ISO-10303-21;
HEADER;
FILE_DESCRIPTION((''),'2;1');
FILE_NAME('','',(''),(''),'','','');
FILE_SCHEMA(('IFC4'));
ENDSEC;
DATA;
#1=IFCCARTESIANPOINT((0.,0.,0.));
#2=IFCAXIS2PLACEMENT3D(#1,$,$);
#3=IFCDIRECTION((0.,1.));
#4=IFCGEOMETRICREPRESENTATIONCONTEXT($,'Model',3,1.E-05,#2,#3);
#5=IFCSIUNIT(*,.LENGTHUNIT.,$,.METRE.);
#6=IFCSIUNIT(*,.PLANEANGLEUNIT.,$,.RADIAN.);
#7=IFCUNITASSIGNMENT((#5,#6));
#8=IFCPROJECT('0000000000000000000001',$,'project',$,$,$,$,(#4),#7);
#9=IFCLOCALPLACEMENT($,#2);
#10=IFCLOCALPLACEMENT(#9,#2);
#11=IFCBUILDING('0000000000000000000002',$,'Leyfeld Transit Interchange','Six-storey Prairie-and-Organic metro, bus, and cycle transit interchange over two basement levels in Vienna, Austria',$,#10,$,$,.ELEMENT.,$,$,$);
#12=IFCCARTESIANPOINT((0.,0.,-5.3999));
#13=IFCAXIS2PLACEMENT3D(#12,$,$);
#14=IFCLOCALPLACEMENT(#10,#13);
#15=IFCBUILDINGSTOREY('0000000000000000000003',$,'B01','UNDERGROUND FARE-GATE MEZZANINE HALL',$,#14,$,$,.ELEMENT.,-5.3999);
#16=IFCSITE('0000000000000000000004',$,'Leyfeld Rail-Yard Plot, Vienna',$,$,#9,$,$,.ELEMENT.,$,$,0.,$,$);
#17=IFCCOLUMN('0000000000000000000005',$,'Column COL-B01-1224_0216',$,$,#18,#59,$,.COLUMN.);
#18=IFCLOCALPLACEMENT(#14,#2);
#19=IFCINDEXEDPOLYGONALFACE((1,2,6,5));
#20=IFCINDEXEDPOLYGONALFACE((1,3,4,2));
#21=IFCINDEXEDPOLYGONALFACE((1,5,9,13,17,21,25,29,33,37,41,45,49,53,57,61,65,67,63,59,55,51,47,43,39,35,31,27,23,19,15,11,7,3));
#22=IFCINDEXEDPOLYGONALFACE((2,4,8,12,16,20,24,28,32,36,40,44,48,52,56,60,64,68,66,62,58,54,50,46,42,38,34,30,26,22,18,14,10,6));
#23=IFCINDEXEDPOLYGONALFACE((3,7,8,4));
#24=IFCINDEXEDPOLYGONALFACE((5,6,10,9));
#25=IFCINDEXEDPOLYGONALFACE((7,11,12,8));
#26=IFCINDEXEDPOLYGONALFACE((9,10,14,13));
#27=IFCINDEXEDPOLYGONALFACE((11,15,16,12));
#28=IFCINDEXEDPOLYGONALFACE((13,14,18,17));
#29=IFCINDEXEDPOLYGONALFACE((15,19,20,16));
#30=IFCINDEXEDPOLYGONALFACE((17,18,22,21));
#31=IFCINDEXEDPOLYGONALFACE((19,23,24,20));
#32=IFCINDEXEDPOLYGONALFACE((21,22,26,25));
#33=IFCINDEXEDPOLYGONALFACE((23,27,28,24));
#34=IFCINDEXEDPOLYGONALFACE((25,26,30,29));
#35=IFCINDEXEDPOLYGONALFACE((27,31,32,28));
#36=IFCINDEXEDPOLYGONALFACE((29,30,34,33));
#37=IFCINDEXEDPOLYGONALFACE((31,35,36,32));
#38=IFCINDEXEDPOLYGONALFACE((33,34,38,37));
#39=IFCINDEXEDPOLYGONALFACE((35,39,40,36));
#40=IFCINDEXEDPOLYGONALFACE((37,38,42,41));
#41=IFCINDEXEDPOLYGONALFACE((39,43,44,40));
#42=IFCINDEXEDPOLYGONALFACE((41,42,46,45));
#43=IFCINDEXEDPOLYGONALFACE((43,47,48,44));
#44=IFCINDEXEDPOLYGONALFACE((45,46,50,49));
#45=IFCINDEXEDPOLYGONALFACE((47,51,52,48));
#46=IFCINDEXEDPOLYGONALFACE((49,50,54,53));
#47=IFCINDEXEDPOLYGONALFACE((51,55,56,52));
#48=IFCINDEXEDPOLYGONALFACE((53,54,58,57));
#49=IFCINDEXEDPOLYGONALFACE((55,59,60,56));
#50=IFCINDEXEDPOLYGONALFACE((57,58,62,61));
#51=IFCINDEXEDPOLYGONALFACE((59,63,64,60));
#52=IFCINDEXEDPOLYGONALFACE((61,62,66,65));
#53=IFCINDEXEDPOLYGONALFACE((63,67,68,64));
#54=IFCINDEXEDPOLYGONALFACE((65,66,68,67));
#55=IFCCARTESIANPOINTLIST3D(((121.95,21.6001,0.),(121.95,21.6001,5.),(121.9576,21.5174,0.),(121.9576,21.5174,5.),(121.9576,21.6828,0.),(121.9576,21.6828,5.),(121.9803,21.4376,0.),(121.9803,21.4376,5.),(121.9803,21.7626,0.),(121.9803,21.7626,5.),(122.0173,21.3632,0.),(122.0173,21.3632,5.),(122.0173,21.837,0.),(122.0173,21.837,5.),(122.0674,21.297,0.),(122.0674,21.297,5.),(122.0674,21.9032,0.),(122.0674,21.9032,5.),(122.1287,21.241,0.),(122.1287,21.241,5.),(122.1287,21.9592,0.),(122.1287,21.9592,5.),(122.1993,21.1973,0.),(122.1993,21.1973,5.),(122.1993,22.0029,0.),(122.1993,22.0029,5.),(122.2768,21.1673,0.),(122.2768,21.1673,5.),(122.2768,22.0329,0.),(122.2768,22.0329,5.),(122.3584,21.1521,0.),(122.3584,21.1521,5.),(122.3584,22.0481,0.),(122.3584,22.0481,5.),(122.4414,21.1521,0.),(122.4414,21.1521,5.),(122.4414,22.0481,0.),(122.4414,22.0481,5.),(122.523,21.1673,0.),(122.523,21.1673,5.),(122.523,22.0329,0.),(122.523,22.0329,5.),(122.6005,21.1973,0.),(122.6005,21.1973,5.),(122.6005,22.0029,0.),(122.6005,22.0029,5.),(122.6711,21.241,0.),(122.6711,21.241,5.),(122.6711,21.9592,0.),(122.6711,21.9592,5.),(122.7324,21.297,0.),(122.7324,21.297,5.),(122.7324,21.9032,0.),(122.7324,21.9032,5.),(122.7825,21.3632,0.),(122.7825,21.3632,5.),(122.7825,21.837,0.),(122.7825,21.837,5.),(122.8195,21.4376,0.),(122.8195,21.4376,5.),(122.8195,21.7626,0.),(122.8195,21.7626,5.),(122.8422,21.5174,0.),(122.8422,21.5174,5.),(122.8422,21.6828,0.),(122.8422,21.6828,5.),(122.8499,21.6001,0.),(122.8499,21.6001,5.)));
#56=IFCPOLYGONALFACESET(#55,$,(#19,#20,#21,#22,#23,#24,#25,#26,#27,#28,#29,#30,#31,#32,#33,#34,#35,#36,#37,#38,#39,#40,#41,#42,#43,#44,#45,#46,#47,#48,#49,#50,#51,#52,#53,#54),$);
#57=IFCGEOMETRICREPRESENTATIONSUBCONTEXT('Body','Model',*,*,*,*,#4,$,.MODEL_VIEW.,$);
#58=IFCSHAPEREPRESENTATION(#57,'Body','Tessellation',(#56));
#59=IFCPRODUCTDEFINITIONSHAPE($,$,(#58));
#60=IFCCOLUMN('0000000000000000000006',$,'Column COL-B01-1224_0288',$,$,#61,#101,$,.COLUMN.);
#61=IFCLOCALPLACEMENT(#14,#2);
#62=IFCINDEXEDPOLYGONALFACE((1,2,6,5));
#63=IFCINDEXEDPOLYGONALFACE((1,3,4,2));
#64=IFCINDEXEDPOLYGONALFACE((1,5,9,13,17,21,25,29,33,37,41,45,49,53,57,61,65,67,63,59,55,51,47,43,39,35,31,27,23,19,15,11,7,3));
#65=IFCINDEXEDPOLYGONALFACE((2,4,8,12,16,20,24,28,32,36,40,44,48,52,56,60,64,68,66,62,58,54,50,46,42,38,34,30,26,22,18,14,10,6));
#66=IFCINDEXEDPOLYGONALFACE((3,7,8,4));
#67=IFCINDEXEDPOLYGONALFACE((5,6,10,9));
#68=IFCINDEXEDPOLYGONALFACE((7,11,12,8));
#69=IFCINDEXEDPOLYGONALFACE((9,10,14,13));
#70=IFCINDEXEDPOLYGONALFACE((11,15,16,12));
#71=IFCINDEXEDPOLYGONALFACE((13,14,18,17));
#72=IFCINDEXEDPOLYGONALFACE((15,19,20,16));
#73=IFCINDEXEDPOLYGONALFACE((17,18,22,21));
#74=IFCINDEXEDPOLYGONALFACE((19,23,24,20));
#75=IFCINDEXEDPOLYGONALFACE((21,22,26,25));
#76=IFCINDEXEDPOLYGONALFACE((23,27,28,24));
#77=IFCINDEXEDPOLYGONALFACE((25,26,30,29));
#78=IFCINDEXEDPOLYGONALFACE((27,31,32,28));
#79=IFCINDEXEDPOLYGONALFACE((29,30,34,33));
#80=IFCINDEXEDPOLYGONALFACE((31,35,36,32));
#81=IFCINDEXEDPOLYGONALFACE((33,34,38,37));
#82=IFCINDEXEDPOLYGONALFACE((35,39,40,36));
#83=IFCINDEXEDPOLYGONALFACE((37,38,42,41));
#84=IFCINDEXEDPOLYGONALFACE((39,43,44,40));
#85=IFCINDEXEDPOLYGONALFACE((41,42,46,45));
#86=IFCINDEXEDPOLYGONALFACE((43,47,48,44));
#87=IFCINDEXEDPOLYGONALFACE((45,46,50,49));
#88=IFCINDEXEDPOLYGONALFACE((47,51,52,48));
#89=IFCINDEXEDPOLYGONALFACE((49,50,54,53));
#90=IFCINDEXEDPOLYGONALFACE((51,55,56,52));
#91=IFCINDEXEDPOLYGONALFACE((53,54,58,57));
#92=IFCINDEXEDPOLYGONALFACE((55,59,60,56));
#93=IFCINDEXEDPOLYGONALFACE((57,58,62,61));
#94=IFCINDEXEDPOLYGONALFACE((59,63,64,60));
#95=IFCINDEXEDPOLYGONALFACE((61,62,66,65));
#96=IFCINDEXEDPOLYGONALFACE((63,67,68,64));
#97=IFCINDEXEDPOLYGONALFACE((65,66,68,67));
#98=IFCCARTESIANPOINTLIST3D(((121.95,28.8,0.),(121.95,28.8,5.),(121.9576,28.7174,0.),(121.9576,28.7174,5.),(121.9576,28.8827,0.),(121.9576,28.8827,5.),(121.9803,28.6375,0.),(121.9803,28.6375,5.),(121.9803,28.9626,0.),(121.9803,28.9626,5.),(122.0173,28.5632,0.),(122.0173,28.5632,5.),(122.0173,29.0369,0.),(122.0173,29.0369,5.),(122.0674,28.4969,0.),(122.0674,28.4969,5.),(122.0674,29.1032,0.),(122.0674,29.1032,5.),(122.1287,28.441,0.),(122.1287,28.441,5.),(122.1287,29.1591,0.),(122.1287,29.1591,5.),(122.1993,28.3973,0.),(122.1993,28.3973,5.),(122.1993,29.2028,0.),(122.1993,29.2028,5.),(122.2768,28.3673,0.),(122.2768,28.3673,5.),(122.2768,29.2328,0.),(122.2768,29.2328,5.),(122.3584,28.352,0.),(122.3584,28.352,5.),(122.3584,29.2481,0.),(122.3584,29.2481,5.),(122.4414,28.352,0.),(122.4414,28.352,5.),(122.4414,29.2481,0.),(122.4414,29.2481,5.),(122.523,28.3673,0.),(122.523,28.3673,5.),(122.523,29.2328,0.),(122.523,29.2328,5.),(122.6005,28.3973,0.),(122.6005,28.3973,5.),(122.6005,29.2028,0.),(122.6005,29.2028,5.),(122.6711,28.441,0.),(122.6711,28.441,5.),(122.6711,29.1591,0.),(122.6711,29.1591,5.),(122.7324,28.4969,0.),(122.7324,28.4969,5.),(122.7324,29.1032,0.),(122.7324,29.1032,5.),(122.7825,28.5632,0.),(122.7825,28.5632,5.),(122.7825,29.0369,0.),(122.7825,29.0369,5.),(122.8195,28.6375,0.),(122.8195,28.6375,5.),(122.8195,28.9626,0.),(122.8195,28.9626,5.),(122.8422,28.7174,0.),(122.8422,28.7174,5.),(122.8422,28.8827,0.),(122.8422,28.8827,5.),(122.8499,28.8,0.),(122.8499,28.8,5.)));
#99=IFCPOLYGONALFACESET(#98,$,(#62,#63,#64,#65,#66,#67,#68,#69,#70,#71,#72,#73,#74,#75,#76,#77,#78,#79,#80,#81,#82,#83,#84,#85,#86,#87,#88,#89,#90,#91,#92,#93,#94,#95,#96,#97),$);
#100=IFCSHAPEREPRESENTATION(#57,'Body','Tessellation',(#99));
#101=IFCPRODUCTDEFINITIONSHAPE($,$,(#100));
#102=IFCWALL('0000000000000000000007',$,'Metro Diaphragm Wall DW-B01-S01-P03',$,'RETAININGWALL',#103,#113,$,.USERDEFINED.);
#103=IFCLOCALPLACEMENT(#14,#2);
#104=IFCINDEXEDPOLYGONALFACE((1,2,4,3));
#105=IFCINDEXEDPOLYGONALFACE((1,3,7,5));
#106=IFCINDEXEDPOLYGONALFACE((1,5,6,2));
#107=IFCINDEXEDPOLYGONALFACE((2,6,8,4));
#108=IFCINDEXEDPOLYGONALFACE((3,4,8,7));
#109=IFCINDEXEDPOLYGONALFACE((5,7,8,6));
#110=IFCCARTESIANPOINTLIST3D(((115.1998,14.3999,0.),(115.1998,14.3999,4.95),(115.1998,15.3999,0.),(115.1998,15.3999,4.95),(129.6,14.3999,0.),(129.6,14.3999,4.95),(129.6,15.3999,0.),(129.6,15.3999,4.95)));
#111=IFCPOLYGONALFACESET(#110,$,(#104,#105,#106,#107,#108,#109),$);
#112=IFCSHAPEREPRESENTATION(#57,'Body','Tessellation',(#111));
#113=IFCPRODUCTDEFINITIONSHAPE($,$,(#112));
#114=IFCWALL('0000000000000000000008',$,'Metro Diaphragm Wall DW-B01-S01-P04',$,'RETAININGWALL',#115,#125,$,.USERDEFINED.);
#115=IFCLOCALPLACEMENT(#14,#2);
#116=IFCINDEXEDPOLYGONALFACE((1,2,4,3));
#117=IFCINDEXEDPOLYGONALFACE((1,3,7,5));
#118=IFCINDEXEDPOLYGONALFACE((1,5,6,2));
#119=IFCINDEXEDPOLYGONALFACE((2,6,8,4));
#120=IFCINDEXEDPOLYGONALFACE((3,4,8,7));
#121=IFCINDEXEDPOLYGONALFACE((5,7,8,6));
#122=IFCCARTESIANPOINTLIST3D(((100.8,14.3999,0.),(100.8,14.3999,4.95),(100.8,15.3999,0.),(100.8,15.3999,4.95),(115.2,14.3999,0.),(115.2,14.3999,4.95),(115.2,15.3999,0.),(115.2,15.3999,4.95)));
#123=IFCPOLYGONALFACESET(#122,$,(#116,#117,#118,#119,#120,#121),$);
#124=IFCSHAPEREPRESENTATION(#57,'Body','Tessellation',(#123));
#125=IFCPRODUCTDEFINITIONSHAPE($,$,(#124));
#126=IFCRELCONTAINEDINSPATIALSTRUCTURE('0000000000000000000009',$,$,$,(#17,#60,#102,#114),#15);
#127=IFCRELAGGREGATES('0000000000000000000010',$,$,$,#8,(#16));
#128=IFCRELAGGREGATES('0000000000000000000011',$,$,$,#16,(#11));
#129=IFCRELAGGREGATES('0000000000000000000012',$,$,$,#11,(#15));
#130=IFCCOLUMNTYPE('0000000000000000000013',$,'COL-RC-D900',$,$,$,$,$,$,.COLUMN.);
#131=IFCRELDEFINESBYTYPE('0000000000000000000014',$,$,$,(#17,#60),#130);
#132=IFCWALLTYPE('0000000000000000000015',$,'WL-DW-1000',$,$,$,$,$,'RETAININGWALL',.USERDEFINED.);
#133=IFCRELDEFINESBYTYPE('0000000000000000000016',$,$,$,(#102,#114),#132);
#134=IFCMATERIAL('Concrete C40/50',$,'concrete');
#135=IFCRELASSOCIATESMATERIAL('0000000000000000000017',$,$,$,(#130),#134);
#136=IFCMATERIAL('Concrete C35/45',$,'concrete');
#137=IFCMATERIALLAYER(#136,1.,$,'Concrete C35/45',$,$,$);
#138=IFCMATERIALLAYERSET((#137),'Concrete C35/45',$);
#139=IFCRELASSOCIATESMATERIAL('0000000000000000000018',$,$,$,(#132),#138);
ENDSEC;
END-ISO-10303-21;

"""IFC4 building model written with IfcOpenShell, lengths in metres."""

from ifc_helpers import new_model, si_unit, direction, frame, frame_2d, origin, origin_2d, place, context, subcontext, project, spatial, rectangle, circle, extrude, material, layer, layer_set, material_profile, profile_set, type_object, element, save


model = new_model("IFC4")

# Units and contexts
model_context = context("Model", 3, precision=1e-05, world=origin(), true_north=direction((0.0, 1.0)))
body_context = subcontext(model_context, "Body", "Model", "MODEL_VIEW")
ifc_project = project(units=[si_unit("LENGTHUNIT", "METRE"), si_unit("PLANEANGLEUNIT", "RADIAN")], contexts=[model_context])

# Site, building, storey
site_placement = place(None, origin())
site = spatial("IfcSite", under=ifc_project, at=site_placement, Name="Leyfeld Rail-Yard Plot, Vienna", CompositionType="ELEMENT", RefElevation=0.0)
building_placement = place(site_placement, origin())
building = spatial("IfcBuilding", under=site, at=building_placement, Name="Leyfeld Transit Interchange", Description="Six-storey Prairie-and-Organic metro, bus, and cycle transit interchange over two basement levels in Vienna, Austria", CompositionType="ELEMENT")
storey_placement = place(building_placement, frame((0.0, 0.0, -5.3999)))
storey = spatial("IfcBuildingStorey", under=building, at=storey_placement, Name="B01", Description="UNDERGROUND FARE-GATE MEZZANINE HALL", CompositionType="ELEMENT", Elevation=-5.3999)

# Columns
ifc_material_1 = material(Name="Concrete C35/45", Category="concrete")
ifc_material_2 = material(Name="Concrete C40/50", Category="concrete")
ifc_material_profile_1 = material_profile(ifc_material_2, circle(Radius=0.45, at=origin_2d()), Name="RC D900")
ifc_profile_set_1 = profile_set([ifc_material_profile_1], Name="Concrete C40/50")
column_type_1 = type_object("IfcColumnType", Name="COL-RC-D900", PredefinedType="COLUMN", material=ifc_profile_set_1)
for number, where, z_axis, x_axis, name in (
    (1, (122.3999, 21.6001, 0.0), (0.0, 0.0, 1.0), (1.0, 0.0, 0.0), "Column COL-B01-1224_0216"),
    (2, (122.3999, 28.8, 0.0), (0.0, 0.0, 1.0), (1.0, 0.0, 0.0), "Column COL-B01-1224_0288"),
):
    element("IfcColumn", number, at=place(storey_placement, frame(where, z_axis=z_axis, x_axis=x_axis)), inside=storey, type_object=column_type_1, Name=name, PredefinedType="COLUMN", context=body_context, shape_type="SweptSolid", body=[
        extrude(circle(Radius=0.45, at=origin_2d()), origin(), (0.0, 0.0, 1.0), 5.0),
    ])

# Walls
ifc_layer = layer(ifc_material_1, 1.0, Name="Concrete C35/45")
ifc_layer_set = layer_set([ifc_layer], Name="Concrete C35/45")
wall_type = type_object("IfcWallType", Name="WL-DW-1000", ElementType="RETAININGWALL", PredefinedType="USERDEFINED", material=ifc_layer_set)
wall_1_placement = place(storey_placement, frame((129.6001, 14.8999, 0.0), z_axis=(0.0, 0.0, 1.0), x_axis=(-1.0, 0.0, 0.0)))
element("IfcWall", 3, at=wall_1_placement, inside=storey, type_object=wall_type, Name="Metro Diaphragm Wall DW-B01-S01-P03", ObjectType="RETAININGWALL", PredefinedType="USERDEFINED", context=body_context, shape_type="SweptSolid", body=[
    extrude(rectangle(XDim=14.4001, YDim=1.0, at=frame_2d((7.2002, 0.0))), origin(), (0.0, 0.0, 1.0), 4.95),
])
wall_2_placement = place(storey_placement, frame((115.2, 14.8999, 0.0), z_axis=(0.0, 0.0, 1.0), x_axis=(-1.0, 0.0, 0.0)))
element("IfcWall", 4, at=wall_2_placement, inside=storey, type_object=wall_type, Name="Metro Diaphragm Wall DW-B01-S01-P04", ObjectType="RETAININGWALL", PredefinedType="USERDEFINED", context=body_context, shape_type="SweptSolid", body=[
    extrude(rectangle(XDim=14.3999, YDim=1.0, at=frame_2d((7.2, 0.0))), origin(), (0.0, 0.0, 1.0), 4.95),
])

save(model, "model.ifc")
